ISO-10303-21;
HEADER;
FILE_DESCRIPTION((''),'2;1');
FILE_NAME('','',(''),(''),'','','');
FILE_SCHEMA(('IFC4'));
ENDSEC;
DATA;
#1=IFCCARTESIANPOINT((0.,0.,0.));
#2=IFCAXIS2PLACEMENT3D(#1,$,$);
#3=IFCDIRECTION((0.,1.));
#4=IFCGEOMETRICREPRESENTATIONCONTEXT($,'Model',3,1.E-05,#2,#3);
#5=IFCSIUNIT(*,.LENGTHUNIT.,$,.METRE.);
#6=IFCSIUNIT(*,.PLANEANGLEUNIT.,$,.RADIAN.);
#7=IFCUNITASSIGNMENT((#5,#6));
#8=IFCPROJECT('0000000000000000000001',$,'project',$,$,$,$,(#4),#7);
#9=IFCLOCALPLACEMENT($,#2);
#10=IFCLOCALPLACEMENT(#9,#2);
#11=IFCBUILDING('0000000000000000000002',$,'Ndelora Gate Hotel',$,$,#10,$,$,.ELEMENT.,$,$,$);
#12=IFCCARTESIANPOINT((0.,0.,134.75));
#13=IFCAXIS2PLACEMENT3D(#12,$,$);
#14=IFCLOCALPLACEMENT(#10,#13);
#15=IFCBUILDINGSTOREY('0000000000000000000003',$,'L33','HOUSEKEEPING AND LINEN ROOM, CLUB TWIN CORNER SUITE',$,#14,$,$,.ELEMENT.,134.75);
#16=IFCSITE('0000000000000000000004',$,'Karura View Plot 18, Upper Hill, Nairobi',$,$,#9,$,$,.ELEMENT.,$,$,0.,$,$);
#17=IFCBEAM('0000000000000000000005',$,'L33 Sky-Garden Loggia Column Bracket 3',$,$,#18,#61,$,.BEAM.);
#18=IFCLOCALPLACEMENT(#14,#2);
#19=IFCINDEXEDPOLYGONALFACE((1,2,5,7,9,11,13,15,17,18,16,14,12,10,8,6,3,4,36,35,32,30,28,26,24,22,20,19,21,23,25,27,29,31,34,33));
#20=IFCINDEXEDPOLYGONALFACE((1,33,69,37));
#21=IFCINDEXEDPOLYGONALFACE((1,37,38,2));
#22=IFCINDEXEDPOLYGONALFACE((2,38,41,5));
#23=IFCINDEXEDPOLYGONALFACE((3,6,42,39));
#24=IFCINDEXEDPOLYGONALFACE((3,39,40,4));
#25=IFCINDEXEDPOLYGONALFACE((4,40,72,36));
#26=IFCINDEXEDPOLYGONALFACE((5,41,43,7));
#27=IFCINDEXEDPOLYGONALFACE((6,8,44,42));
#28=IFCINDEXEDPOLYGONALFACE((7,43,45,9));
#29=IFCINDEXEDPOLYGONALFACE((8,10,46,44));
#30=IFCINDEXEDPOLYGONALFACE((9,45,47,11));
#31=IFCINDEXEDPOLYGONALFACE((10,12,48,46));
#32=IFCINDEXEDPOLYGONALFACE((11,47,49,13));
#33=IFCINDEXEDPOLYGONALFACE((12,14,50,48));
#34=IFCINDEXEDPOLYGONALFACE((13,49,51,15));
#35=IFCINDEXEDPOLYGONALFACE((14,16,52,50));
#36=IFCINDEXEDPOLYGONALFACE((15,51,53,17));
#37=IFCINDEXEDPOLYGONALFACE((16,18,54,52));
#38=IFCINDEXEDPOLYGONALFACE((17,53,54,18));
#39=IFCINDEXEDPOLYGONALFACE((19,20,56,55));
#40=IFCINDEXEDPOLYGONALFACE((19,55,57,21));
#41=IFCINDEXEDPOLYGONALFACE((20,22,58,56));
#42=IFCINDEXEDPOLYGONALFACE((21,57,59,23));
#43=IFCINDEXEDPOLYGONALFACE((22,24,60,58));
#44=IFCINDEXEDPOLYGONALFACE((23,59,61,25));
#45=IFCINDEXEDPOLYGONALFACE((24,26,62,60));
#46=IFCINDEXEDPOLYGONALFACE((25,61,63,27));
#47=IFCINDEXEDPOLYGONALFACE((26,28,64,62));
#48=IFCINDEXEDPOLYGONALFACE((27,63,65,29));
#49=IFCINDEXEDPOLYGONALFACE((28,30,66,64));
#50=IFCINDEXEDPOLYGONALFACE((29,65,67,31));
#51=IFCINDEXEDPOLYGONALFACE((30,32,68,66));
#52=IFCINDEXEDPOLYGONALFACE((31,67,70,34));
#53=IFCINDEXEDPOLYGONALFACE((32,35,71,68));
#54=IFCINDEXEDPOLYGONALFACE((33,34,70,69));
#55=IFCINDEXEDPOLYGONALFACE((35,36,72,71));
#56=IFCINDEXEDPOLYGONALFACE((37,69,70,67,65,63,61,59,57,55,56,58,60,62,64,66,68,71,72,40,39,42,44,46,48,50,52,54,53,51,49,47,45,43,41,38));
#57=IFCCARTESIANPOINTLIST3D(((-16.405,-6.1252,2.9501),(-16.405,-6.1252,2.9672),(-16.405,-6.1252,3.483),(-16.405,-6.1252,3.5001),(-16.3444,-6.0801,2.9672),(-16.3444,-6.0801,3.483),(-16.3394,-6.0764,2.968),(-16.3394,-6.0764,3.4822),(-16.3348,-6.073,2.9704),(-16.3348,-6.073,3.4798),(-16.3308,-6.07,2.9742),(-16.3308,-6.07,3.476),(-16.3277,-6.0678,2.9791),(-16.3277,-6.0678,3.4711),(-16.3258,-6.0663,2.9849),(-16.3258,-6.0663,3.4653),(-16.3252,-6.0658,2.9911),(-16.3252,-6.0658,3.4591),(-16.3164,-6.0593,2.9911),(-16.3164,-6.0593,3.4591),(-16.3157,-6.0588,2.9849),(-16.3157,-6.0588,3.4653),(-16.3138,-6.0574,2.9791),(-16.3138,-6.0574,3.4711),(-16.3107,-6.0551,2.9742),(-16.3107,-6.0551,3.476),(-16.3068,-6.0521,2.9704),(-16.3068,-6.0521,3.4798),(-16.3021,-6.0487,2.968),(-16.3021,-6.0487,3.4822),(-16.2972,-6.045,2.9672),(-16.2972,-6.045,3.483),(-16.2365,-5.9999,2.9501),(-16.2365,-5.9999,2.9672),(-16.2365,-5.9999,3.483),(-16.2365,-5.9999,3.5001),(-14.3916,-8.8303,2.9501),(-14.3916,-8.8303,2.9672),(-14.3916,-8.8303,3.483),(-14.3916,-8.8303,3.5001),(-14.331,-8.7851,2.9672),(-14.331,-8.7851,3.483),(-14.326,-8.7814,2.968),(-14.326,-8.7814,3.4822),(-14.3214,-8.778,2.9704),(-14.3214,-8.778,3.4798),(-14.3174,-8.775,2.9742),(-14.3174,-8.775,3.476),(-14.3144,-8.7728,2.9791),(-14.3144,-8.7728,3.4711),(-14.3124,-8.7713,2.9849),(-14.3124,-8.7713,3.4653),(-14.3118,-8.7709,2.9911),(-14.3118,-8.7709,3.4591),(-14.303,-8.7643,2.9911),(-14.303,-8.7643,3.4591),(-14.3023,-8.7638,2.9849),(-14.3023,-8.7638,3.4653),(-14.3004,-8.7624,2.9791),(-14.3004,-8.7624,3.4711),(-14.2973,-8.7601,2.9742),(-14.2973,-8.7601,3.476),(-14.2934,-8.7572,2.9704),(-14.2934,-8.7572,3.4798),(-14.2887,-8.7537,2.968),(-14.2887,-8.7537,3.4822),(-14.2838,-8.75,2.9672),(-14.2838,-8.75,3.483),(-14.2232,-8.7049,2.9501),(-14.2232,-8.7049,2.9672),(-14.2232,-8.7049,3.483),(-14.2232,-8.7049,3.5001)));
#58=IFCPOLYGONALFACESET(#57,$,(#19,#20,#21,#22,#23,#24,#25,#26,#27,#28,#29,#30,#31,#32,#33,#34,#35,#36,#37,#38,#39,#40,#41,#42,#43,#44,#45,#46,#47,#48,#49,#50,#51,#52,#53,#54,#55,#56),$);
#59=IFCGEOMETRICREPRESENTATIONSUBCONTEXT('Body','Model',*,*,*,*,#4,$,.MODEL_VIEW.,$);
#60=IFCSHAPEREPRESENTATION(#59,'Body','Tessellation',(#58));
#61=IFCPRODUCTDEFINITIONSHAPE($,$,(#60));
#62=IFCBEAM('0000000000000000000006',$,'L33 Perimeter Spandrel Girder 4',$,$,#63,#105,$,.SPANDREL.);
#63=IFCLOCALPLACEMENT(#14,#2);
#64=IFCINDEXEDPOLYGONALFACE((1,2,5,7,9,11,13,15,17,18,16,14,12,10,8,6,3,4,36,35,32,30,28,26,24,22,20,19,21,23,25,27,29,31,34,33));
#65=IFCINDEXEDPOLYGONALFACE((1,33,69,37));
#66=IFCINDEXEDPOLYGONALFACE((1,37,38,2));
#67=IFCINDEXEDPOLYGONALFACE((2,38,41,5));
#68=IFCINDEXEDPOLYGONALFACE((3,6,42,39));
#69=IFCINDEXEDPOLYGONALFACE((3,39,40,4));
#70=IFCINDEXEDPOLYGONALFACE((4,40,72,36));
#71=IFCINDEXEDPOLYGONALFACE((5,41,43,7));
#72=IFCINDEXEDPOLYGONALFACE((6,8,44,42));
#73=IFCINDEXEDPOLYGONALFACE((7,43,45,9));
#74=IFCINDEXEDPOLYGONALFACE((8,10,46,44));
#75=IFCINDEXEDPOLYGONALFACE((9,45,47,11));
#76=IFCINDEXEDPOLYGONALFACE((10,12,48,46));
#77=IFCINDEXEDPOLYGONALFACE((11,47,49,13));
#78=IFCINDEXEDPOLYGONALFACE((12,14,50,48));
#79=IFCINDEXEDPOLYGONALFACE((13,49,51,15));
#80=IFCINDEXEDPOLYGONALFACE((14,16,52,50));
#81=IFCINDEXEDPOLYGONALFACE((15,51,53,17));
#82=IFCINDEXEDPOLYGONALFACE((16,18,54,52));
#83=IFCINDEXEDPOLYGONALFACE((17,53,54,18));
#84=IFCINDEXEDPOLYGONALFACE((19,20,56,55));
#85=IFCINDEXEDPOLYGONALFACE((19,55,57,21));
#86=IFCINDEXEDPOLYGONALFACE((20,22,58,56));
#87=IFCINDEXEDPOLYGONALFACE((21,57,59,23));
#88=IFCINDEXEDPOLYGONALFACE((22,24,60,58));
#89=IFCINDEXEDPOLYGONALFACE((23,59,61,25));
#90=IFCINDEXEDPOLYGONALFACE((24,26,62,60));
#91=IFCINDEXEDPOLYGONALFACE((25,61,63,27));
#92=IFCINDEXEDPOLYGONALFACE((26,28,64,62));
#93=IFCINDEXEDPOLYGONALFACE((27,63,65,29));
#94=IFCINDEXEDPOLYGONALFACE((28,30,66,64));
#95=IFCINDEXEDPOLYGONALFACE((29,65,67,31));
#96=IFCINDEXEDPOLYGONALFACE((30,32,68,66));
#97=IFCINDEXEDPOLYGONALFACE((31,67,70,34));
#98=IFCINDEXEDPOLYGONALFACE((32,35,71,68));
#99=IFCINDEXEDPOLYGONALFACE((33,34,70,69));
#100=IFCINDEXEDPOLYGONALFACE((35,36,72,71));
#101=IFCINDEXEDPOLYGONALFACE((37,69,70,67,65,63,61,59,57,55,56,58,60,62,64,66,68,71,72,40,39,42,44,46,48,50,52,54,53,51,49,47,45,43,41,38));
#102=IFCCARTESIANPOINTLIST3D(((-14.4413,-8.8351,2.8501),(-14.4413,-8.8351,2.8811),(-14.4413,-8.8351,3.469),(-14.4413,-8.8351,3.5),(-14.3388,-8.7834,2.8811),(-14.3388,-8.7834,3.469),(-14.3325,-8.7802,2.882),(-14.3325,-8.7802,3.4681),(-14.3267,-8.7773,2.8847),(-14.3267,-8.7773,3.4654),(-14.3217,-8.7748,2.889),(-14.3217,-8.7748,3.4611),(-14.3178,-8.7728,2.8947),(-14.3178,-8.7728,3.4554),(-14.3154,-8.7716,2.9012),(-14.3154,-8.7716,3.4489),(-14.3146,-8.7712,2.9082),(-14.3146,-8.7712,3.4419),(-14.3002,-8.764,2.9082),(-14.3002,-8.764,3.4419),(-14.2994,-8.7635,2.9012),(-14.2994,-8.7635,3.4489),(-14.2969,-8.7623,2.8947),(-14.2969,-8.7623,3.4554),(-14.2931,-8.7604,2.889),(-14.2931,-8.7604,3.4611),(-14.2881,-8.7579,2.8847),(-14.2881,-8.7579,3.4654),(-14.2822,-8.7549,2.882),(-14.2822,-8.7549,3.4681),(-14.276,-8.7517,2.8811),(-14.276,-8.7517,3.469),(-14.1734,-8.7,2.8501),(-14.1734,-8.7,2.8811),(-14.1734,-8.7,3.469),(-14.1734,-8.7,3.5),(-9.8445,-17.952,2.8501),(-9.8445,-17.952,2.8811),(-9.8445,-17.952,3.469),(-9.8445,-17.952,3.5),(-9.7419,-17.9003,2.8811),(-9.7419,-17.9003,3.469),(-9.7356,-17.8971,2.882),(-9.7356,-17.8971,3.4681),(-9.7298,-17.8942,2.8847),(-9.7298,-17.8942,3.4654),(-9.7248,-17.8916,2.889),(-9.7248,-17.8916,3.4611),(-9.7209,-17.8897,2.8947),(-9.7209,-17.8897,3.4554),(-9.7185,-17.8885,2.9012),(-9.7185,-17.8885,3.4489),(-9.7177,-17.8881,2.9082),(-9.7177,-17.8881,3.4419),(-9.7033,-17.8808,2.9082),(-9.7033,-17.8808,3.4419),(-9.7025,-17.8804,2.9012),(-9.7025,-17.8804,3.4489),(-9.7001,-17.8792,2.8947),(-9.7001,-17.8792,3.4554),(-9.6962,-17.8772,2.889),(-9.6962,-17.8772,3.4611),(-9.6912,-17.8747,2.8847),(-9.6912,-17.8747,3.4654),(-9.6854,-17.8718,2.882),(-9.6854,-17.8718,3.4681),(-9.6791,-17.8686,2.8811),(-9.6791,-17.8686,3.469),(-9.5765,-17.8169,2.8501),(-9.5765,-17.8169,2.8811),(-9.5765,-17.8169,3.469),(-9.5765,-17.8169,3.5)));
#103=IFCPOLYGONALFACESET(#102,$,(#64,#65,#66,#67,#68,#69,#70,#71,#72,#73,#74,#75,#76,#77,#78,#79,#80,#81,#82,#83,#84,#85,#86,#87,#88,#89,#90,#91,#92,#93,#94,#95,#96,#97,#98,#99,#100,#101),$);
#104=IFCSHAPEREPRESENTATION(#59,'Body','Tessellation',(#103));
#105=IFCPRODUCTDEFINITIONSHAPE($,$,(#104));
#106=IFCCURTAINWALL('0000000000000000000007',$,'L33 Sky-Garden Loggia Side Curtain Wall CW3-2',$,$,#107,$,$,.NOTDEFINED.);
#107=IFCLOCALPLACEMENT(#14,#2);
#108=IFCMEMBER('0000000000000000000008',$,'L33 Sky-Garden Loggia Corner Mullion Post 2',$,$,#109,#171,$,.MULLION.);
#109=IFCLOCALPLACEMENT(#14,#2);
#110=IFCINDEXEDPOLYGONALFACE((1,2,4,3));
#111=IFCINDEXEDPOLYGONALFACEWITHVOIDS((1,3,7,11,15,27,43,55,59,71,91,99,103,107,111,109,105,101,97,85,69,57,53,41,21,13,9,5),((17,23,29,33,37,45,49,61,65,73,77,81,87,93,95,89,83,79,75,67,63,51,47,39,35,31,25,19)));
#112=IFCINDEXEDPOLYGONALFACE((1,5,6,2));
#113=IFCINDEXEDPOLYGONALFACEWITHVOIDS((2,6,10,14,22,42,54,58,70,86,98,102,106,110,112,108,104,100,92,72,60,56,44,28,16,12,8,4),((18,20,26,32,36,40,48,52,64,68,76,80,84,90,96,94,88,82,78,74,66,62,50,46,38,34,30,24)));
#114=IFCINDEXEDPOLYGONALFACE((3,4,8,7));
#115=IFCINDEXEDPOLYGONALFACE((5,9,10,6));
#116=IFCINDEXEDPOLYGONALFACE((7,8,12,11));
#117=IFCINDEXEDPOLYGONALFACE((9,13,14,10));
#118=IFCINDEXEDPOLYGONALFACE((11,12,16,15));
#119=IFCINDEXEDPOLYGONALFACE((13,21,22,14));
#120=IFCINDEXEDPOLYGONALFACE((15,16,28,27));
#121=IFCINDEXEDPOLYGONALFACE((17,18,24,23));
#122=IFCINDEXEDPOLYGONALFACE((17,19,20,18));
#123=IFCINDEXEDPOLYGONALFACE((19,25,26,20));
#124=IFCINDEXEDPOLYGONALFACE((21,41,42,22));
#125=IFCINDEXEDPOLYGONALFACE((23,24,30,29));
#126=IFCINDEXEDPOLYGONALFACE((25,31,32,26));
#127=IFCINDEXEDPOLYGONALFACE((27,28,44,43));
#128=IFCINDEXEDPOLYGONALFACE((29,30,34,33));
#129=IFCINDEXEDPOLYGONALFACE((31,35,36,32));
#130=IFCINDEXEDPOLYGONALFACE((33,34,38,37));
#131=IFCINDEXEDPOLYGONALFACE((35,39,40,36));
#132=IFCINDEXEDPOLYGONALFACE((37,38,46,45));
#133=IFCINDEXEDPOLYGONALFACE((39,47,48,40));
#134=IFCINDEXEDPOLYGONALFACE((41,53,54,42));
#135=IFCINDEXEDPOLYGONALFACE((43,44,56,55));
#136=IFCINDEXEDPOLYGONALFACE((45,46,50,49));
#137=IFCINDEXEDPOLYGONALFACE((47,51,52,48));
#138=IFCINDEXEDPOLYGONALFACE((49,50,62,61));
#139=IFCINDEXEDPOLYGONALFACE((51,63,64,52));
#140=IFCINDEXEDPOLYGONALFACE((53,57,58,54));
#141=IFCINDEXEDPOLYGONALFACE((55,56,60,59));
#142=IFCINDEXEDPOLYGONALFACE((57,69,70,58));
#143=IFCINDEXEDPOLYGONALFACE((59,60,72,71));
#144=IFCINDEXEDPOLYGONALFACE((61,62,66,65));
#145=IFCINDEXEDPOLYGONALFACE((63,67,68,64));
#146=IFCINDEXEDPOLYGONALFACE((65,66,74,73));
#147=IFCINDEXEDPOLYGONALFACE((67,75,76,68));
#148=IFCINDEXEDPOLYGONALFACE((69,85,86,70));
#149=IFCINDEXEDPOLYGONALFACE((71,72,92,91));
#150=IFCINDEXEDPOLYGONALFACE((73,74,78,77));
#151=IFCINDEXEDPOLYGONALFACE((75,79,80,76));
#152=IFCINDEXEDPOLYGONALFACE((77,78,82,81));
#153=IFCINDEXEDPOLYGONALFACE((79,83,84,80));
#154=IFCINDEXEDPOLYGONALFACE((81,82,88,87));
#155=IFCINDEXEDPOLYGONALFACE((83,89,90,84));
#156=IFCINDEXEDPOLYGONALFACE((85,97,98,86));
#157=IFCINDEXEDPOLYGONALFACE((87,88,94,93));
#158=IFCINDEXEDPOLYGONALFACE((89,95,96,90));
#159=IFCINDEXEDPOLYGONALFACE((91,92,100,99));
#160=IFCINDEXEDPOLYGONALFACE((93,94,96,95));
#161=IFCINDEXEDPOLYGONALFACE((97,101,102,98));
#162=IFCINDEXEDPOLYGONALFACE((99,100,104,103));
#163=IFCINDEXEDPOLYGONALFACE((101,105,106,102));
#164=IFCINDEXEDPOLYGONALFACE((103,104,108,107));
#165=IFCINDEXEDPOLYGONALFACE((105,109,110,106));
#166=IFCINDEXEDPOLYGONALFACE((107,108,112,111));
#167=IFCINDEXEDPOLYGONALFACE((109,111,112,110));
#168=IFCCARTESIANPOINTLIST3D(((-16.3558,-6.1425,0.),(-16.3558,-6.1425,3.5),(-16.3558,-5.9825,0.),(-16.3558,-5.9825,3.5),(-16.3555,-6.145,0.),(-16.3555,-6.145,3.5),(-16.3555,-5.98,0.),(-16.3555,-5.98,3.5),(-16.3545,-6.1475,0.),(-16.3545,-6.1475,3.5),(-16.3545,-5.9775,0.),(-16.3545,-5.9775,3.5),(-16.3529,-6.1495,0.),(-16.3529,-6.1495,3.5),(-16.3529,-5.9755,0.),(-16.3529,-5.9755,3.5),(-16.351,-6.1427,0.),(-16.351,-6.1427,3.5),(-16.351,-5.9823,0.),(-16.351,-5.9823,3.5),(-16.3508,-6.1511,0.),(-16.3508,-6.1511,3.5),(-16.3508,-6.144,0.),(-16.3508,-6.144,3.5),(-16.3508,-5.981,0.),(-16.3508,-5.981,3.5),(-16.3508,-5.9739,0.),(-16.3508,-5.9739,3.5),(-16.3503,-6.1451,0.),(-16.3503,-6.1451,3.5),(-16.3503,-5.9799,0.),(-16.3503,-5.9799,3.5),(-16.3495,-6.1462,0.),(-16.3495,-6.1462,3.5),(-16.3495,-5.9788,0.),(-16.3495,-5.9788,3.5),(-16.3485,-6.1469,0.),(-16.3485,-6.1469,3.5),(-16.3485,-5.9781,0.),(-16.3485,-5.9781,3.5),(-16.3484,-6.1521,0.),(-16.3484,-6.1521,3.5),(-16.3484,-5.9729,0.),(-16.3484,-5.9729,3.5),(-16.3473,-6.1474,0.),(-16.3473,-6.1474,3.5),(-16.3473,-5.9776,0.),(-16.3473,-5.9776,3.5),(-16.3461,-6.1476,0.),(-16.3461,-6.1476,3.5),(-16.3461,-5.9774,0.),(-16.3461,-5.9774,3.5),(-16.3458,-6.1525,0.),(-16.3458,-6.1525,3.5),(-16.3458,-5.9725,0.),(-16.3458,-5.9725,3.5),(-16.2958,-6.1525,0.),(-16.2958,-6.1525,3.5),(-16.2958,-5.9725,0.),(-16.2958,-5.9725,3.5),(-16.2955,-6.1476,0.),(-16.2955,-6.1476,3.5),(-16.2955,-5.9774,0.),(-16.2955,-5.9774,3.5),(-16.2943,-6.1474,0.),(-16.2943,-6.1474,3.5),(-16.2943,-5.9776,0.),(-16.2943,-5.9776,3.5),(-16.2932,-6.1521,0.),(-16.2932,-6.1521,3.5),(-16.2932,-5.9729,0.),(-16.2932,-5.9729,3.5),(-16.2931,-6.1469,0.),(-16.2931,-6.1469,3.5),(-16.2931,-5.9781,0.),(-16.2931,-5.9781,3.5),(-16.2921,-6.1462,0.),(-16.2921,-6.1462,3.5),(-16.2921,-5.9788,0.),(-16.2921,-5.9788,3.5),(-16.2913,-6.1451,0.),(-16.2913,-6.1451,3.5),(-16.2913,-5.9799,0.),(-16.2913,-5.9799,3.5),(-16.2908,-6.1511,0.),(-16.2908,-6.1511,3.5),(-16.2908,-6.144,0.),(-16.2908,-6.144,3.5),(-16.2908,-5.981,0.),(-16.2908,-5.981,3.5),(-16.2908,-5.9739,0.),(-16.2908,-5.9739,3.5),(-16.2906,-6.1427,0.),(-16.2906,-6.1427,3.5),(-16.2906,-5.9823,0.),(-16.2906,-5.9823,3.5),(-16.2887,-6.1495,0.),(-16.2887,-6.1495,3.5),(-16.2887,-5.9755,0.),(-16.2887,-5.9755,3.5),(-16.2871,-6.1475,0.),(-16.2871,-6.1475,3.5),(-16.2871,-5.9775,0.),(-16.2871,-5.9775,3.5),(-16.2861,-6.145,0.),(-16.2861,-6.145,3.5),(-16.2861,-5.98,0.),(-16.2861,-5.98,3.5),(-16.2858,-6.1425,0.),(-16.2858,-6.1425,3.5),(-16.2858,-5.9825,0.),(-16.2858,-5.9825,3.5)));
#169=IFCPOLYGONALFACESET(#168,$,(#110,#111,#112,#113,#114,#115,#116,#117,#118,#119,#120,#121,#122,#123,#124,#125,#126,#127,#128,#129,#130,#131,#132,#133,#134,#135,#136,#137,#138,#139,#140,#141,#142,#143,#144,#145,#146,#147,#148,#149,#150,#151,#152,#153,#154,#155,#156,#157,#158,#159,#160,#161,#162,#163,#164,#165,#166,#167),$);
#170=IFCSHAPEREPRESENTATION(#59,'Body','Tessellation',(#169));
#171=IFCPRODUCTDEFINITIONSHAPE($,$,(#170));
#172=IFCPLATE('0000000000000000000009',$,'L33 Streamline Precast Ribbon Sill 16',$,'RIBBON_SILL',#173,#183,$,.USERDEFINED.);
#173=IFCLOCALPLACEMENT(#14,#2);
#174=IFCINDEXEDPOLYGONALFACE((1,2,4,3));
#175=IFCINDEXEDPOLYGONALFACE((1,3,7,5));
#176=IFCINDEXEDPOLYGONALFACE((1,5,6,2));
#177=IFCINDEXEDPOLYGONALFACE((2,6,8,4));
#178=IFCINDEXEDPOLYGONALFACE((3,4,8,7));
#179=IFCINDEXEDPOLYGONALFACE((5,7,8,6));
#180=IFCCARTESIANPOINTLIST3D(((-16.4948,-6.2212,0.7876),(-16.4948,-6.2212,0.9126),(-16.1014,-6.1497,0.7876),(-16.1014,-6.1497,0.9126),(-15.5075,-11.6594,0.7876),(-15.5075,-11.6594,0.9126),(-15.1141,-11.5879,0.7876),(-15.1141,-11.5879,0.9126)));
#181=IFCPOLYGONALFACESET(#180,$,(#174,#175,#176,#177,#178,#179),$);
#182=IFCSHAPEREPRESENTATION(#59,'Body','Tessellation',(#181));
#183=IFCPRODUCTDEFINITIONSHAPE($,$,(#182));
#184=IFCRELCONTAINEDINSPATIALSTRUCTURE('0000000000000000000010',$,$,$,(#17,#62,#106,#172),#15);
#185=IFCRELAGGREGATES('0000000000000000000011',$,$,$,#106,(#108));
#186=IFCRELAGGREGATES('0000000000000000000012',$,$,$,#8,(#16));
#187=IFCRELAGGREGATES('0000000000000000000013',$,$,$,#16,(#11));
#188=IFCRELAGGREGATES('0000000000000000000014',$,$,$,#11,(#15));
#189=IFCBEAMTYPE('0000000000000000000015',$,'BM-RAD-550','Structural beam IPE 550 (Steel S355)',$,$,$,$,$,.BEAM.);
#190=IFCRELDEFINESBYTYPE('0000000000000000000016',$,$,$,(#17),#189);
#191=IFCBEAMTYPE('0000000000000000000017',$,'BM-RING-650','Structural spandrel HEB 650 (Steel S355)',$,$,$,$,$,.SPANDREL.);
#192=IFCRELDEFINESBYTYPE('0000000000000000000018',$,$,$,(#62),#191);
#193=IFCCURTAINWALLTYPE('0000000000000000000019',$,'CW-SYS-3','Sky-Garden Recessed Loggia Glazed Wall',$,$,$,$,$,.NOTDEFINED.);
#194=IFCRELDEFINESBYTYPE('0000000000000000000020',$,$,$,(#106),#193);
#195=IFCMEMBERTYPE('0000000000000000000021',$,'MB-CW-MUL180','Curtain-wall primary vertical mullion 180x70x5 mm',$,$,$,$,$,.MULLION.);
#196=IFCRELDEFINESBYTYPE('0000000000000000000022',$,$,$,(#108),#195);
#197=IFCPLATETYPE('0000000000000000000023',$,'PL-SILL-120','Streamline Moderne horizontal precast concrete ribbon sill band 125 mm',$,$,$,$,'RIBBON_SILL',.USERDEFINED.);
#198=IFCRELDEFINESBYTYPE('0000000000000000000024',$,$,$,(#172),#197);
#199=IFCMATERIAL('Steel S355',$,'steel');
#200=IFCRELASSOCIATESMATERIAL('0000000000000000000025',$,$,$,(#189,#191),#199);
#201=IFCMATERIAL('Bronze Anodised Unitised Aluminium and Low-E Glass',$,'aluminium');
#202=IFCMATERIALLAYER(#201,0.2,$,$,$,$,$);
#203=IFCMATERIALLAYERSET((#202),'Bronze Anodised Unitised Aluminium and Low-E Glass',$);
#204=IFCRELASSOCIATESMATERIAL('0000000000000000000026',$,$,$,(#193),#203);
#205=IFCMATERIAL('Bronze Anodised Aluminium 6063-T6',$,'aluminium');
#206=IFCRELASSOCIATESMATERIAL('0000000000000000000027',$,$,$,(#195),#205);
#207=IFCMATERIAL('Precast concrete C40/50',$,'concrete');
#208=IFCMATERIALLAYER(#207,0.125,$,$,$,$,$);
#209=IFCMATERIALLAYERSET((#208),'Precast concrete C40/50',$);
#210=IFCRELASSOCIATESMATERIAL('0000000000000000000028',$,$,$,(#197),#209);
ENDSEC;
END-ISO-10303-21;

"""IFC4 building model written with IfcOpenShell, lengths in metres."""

from ifc_helpers import new_model, si_unit, direction, frame, origin, origin_2d, place, context, subcontext, project, spatial, rectangle, hollow_rectangle, i_section, extrude, material, layer, layer_set, material_profile, profile_set, type_object, element, aggregate, save


model = new_model("IFC4")

# Units and contexts
model_context = context("Model", 3, precision=1e-05, world=origin(), true_north=direction((0.0, 1.0)))
body_context = subcontext(model_context, "Body", "Model", "MODEL_VIEW")
ifc_project = project(units=[si_unit("LENGTHUNIT", "METRE"), si_unit("PLANEANGLEUNIT", "RADIAN")], contexts=[model_context])

# Site, building, storey
site_placement = place(None, origin())
site = spatial("IfcSite", under=ifc_project, at=site_placement, Name="Karura View Plot 18, Upper Hill, Nairobi", CompositionType="ELEMENT", RefElevation=0.0)
building_placement = place(site_placement, origin())
building = spatial("IfcBuilding", under=site, at=building_placement, Name="Ndelora Gate Hotel", CompositionType="ELEMENT")
storey_placement = place(building_placement, frame((0.0, 0.0, 134.75)))
storey = spatial("IfcBuildingStorey", under=building, at=storey_placement, Name="L33", Description="HOUSEKEEPING AND LINEN ROOM, CLUB TWIN CORNER SUITE", CompositionType="ELEMENT", Elevation=134.75)

# Beams
ifc_material_1 = material(Name="Steel S355", Category="steel")
ifc_material_profile_1 = material_profile(ifc_material_1, i_section(OverallWidth=0.21, OverallDepth=0.55, WebThickness=0.011, FlangeThickness=0.0171, FilletRadius=0.0239, at=origin_2d()), Name="IPE 550")
ifc_profile_set_1 = profile_set([ifc_material_profile_1], Name="Steel S355")
beam_type_1 = type_object("IfcBeamType", Name="BM-RAD-550", Description="Structural beam IPE 550 (Steel S355)", PredefinedType="BEAM", material=ifc_profile_set_1)
beam_1_placement = place(storey_placement, frame((-14.3074, -8.7676, 3.2251), z_axis=(-0.597077, 0.802184, 0.0), x_axis=(-0.802184, -0.597077, 0.0)))
element("IfcBeam", 1, at=beam_1_placement, inside=storey, type_object=beam_type_1, Name="L33 Sky-Garden Loggia Column Bracket 3", PredefinedType="BEAM", context=body_context, shape_type="SweptSolid", body=[
    extrude(i_section(OverallWidth=0.21, OverallDepth=0.55, WebThickness=0.011, FlangeThickness=0.0171, FilletRadius=0.0239, at=origin_2d()), origin(), (0.0, 0.0, 1.0), 3.3721),
])
ifc_material_profile_2 = material_profile(ifc_material_1, i_section(OverallWidth=0.3, OverallDepth=0.6499, WebThickness=0.0161, FlangeThickness=0.031, FilletRadius=0.0271, at=origin_2d()), Name="HEB 650")
ifc_profile_set_2 = profile_set([ifc_material_profile_2], Name="Steel S355")
beam_type_2 = type_object("IfcBeamType", Name="BM-RING-650", Description="Structural spandrel HEB 650 (Steel S355)", PredefinedType="SPANDREL", material=ifc_profile_set_2)
beam_2_placement = place(storey_placement, frame((-14.3074, -8.7676, 3.175), z_axis=(0.450224, -0.892916, 0.0), x_axis=(0.892916, 0.450224, 0.0)))
element("IfcBeam", 2, at=beam_2_placement, inside=storey, type_object=beam_type_2, Name="L33 Perimeter Spandrel Girder 4", PredefinedType="SPANDREL", context=body_context, shape_type="SweptSolid", body=[
    extrude(i_section(OverallWidth=0.3, OverallDepth=0.6499, WebThickness=0.0161, FlangeThickness=0.031, FilletRadius=0.0271, at=origin_2d()), origin(), (0.0, 0.0, 1.0), 10.2102),
])

# Curtain wall, member
ifc_material_2 = material(Name="Bronze Anodised Unitised Aluminium and Low-E Glass", Category="aluminium")
ifc_layer_1 = layer(ifc_material_2, 0.2)
ifc_layer_set_1 = layer_set([ifc_layer_1], Name="Bronze Anodised Unitised Aluminium and Low-E Glass")
curtain_wall_type = type_object("IfcCurtainWallType", Name="CW-SYS-3", Description="Sky-Garden Recessed Loggia Glazed Wall", PredefinedType="NOTDEFINED", material=ifc_layer_set_1)
curtain_wall_placement = place(storey_placement, origin())
curtain_wall = element("IfcCurtainWall", 3, at=curtain_wall_placement, inside=storey, type_object=curtain_wall_type, Name="L33 Sky-Garden Loggia Side Curtain Wall CW3-2", PredefinedType="NOTDEFINED")
ifc_material_3 = material(Name="Bronze Anodised Aluminium 6063-T6", Category="aluminium")
ifc_material_profile_3 = material_profile(ifc_material_3, hollow_rectangle(XDim=0.0701, YDim=0.1799, WallThickness=0.0049, InnerFilletRadius=0.0049, OuterFilletRadius=0.01, at=origin_2d()), Name="ALU 180x70x5")
ifc_profile_set_3 = profile_set([ifc_material_profile_3], Name="Bronze Anodised Aluminium 6063-T6")
member_type = type_object("IfcMemberType", Name="MB-CW-MUL180", Description="Curtain-wall primary vertical mullion 180x70x5 mm", PredefinedType="MULLION", material=ifc_profile_set_3)
member_placement = place(storey_placement, frame((-16.3208, -6.0625, 0.0), z_axis=(0.0, 0.0, 1.0), x_axis=(1.0, 0.0, 0.0)))
member = element("IfcMember", 4, at=member_placement, type_object=member_type, Name="L33 Sky-Garden Loggia Corner Mullion Post 2", PredefinedType="MULLION", context=body_context, shape_type="SweptSolid", body=[
    extrude(hollow_rectangle(XDim=0.0701, YDim=0.1799, WallThickness=0.0049, InnerFilletRadius=0.0049, OuterFilletRadius=0.01, at=origin_2d()), origin(), (0.0, 0.0, 1.0), 3.5),
])
aggregate(curtain_wall, [member])

# Plate
ifc_material_4 = material(Name="Precast concrete C40/50", Category="concrete")
ifc_layer_2 = layer(ifc_material_4, 0.125)
ifc_layer_set_2 = layer_set([ifc_layer_2], Name="Precast concrete C40/50")
plate_type = type_object("IfcPlateType", Name="PL-SILL-120", Description="Streamline Moderne horizontal precast concrete ribbon sill band 125 mm", ElementType="RIBBON_SILL", PredefinedType="USERDEFINED", material=ifc_layer_set_2)
plate_placement = place(storey_placement, frame((-15.8044, -8.9045, 0.7876), z_axis=(0.0, 0.0, 1.0), x_axis=(-0.17863, 0.983916, 0.0)))
element("IfcPlate", 5, at=plate_placement, inside=storey, type_object=plate_type, Name="L33 Streamline Precast Ribbon Sill 16", ObjectType="RIBBON_SILL", PredefinedType="USERDEFINED", context=body_context, shape_type="SweptSolid", body=[
    extrude(rectangle(XDim=5.5271, YDim=0.3999, at=origin_2d()), origin(), (0.0, 0.0, 1.0), 0.125),
])

save(model, "model.ifc")
